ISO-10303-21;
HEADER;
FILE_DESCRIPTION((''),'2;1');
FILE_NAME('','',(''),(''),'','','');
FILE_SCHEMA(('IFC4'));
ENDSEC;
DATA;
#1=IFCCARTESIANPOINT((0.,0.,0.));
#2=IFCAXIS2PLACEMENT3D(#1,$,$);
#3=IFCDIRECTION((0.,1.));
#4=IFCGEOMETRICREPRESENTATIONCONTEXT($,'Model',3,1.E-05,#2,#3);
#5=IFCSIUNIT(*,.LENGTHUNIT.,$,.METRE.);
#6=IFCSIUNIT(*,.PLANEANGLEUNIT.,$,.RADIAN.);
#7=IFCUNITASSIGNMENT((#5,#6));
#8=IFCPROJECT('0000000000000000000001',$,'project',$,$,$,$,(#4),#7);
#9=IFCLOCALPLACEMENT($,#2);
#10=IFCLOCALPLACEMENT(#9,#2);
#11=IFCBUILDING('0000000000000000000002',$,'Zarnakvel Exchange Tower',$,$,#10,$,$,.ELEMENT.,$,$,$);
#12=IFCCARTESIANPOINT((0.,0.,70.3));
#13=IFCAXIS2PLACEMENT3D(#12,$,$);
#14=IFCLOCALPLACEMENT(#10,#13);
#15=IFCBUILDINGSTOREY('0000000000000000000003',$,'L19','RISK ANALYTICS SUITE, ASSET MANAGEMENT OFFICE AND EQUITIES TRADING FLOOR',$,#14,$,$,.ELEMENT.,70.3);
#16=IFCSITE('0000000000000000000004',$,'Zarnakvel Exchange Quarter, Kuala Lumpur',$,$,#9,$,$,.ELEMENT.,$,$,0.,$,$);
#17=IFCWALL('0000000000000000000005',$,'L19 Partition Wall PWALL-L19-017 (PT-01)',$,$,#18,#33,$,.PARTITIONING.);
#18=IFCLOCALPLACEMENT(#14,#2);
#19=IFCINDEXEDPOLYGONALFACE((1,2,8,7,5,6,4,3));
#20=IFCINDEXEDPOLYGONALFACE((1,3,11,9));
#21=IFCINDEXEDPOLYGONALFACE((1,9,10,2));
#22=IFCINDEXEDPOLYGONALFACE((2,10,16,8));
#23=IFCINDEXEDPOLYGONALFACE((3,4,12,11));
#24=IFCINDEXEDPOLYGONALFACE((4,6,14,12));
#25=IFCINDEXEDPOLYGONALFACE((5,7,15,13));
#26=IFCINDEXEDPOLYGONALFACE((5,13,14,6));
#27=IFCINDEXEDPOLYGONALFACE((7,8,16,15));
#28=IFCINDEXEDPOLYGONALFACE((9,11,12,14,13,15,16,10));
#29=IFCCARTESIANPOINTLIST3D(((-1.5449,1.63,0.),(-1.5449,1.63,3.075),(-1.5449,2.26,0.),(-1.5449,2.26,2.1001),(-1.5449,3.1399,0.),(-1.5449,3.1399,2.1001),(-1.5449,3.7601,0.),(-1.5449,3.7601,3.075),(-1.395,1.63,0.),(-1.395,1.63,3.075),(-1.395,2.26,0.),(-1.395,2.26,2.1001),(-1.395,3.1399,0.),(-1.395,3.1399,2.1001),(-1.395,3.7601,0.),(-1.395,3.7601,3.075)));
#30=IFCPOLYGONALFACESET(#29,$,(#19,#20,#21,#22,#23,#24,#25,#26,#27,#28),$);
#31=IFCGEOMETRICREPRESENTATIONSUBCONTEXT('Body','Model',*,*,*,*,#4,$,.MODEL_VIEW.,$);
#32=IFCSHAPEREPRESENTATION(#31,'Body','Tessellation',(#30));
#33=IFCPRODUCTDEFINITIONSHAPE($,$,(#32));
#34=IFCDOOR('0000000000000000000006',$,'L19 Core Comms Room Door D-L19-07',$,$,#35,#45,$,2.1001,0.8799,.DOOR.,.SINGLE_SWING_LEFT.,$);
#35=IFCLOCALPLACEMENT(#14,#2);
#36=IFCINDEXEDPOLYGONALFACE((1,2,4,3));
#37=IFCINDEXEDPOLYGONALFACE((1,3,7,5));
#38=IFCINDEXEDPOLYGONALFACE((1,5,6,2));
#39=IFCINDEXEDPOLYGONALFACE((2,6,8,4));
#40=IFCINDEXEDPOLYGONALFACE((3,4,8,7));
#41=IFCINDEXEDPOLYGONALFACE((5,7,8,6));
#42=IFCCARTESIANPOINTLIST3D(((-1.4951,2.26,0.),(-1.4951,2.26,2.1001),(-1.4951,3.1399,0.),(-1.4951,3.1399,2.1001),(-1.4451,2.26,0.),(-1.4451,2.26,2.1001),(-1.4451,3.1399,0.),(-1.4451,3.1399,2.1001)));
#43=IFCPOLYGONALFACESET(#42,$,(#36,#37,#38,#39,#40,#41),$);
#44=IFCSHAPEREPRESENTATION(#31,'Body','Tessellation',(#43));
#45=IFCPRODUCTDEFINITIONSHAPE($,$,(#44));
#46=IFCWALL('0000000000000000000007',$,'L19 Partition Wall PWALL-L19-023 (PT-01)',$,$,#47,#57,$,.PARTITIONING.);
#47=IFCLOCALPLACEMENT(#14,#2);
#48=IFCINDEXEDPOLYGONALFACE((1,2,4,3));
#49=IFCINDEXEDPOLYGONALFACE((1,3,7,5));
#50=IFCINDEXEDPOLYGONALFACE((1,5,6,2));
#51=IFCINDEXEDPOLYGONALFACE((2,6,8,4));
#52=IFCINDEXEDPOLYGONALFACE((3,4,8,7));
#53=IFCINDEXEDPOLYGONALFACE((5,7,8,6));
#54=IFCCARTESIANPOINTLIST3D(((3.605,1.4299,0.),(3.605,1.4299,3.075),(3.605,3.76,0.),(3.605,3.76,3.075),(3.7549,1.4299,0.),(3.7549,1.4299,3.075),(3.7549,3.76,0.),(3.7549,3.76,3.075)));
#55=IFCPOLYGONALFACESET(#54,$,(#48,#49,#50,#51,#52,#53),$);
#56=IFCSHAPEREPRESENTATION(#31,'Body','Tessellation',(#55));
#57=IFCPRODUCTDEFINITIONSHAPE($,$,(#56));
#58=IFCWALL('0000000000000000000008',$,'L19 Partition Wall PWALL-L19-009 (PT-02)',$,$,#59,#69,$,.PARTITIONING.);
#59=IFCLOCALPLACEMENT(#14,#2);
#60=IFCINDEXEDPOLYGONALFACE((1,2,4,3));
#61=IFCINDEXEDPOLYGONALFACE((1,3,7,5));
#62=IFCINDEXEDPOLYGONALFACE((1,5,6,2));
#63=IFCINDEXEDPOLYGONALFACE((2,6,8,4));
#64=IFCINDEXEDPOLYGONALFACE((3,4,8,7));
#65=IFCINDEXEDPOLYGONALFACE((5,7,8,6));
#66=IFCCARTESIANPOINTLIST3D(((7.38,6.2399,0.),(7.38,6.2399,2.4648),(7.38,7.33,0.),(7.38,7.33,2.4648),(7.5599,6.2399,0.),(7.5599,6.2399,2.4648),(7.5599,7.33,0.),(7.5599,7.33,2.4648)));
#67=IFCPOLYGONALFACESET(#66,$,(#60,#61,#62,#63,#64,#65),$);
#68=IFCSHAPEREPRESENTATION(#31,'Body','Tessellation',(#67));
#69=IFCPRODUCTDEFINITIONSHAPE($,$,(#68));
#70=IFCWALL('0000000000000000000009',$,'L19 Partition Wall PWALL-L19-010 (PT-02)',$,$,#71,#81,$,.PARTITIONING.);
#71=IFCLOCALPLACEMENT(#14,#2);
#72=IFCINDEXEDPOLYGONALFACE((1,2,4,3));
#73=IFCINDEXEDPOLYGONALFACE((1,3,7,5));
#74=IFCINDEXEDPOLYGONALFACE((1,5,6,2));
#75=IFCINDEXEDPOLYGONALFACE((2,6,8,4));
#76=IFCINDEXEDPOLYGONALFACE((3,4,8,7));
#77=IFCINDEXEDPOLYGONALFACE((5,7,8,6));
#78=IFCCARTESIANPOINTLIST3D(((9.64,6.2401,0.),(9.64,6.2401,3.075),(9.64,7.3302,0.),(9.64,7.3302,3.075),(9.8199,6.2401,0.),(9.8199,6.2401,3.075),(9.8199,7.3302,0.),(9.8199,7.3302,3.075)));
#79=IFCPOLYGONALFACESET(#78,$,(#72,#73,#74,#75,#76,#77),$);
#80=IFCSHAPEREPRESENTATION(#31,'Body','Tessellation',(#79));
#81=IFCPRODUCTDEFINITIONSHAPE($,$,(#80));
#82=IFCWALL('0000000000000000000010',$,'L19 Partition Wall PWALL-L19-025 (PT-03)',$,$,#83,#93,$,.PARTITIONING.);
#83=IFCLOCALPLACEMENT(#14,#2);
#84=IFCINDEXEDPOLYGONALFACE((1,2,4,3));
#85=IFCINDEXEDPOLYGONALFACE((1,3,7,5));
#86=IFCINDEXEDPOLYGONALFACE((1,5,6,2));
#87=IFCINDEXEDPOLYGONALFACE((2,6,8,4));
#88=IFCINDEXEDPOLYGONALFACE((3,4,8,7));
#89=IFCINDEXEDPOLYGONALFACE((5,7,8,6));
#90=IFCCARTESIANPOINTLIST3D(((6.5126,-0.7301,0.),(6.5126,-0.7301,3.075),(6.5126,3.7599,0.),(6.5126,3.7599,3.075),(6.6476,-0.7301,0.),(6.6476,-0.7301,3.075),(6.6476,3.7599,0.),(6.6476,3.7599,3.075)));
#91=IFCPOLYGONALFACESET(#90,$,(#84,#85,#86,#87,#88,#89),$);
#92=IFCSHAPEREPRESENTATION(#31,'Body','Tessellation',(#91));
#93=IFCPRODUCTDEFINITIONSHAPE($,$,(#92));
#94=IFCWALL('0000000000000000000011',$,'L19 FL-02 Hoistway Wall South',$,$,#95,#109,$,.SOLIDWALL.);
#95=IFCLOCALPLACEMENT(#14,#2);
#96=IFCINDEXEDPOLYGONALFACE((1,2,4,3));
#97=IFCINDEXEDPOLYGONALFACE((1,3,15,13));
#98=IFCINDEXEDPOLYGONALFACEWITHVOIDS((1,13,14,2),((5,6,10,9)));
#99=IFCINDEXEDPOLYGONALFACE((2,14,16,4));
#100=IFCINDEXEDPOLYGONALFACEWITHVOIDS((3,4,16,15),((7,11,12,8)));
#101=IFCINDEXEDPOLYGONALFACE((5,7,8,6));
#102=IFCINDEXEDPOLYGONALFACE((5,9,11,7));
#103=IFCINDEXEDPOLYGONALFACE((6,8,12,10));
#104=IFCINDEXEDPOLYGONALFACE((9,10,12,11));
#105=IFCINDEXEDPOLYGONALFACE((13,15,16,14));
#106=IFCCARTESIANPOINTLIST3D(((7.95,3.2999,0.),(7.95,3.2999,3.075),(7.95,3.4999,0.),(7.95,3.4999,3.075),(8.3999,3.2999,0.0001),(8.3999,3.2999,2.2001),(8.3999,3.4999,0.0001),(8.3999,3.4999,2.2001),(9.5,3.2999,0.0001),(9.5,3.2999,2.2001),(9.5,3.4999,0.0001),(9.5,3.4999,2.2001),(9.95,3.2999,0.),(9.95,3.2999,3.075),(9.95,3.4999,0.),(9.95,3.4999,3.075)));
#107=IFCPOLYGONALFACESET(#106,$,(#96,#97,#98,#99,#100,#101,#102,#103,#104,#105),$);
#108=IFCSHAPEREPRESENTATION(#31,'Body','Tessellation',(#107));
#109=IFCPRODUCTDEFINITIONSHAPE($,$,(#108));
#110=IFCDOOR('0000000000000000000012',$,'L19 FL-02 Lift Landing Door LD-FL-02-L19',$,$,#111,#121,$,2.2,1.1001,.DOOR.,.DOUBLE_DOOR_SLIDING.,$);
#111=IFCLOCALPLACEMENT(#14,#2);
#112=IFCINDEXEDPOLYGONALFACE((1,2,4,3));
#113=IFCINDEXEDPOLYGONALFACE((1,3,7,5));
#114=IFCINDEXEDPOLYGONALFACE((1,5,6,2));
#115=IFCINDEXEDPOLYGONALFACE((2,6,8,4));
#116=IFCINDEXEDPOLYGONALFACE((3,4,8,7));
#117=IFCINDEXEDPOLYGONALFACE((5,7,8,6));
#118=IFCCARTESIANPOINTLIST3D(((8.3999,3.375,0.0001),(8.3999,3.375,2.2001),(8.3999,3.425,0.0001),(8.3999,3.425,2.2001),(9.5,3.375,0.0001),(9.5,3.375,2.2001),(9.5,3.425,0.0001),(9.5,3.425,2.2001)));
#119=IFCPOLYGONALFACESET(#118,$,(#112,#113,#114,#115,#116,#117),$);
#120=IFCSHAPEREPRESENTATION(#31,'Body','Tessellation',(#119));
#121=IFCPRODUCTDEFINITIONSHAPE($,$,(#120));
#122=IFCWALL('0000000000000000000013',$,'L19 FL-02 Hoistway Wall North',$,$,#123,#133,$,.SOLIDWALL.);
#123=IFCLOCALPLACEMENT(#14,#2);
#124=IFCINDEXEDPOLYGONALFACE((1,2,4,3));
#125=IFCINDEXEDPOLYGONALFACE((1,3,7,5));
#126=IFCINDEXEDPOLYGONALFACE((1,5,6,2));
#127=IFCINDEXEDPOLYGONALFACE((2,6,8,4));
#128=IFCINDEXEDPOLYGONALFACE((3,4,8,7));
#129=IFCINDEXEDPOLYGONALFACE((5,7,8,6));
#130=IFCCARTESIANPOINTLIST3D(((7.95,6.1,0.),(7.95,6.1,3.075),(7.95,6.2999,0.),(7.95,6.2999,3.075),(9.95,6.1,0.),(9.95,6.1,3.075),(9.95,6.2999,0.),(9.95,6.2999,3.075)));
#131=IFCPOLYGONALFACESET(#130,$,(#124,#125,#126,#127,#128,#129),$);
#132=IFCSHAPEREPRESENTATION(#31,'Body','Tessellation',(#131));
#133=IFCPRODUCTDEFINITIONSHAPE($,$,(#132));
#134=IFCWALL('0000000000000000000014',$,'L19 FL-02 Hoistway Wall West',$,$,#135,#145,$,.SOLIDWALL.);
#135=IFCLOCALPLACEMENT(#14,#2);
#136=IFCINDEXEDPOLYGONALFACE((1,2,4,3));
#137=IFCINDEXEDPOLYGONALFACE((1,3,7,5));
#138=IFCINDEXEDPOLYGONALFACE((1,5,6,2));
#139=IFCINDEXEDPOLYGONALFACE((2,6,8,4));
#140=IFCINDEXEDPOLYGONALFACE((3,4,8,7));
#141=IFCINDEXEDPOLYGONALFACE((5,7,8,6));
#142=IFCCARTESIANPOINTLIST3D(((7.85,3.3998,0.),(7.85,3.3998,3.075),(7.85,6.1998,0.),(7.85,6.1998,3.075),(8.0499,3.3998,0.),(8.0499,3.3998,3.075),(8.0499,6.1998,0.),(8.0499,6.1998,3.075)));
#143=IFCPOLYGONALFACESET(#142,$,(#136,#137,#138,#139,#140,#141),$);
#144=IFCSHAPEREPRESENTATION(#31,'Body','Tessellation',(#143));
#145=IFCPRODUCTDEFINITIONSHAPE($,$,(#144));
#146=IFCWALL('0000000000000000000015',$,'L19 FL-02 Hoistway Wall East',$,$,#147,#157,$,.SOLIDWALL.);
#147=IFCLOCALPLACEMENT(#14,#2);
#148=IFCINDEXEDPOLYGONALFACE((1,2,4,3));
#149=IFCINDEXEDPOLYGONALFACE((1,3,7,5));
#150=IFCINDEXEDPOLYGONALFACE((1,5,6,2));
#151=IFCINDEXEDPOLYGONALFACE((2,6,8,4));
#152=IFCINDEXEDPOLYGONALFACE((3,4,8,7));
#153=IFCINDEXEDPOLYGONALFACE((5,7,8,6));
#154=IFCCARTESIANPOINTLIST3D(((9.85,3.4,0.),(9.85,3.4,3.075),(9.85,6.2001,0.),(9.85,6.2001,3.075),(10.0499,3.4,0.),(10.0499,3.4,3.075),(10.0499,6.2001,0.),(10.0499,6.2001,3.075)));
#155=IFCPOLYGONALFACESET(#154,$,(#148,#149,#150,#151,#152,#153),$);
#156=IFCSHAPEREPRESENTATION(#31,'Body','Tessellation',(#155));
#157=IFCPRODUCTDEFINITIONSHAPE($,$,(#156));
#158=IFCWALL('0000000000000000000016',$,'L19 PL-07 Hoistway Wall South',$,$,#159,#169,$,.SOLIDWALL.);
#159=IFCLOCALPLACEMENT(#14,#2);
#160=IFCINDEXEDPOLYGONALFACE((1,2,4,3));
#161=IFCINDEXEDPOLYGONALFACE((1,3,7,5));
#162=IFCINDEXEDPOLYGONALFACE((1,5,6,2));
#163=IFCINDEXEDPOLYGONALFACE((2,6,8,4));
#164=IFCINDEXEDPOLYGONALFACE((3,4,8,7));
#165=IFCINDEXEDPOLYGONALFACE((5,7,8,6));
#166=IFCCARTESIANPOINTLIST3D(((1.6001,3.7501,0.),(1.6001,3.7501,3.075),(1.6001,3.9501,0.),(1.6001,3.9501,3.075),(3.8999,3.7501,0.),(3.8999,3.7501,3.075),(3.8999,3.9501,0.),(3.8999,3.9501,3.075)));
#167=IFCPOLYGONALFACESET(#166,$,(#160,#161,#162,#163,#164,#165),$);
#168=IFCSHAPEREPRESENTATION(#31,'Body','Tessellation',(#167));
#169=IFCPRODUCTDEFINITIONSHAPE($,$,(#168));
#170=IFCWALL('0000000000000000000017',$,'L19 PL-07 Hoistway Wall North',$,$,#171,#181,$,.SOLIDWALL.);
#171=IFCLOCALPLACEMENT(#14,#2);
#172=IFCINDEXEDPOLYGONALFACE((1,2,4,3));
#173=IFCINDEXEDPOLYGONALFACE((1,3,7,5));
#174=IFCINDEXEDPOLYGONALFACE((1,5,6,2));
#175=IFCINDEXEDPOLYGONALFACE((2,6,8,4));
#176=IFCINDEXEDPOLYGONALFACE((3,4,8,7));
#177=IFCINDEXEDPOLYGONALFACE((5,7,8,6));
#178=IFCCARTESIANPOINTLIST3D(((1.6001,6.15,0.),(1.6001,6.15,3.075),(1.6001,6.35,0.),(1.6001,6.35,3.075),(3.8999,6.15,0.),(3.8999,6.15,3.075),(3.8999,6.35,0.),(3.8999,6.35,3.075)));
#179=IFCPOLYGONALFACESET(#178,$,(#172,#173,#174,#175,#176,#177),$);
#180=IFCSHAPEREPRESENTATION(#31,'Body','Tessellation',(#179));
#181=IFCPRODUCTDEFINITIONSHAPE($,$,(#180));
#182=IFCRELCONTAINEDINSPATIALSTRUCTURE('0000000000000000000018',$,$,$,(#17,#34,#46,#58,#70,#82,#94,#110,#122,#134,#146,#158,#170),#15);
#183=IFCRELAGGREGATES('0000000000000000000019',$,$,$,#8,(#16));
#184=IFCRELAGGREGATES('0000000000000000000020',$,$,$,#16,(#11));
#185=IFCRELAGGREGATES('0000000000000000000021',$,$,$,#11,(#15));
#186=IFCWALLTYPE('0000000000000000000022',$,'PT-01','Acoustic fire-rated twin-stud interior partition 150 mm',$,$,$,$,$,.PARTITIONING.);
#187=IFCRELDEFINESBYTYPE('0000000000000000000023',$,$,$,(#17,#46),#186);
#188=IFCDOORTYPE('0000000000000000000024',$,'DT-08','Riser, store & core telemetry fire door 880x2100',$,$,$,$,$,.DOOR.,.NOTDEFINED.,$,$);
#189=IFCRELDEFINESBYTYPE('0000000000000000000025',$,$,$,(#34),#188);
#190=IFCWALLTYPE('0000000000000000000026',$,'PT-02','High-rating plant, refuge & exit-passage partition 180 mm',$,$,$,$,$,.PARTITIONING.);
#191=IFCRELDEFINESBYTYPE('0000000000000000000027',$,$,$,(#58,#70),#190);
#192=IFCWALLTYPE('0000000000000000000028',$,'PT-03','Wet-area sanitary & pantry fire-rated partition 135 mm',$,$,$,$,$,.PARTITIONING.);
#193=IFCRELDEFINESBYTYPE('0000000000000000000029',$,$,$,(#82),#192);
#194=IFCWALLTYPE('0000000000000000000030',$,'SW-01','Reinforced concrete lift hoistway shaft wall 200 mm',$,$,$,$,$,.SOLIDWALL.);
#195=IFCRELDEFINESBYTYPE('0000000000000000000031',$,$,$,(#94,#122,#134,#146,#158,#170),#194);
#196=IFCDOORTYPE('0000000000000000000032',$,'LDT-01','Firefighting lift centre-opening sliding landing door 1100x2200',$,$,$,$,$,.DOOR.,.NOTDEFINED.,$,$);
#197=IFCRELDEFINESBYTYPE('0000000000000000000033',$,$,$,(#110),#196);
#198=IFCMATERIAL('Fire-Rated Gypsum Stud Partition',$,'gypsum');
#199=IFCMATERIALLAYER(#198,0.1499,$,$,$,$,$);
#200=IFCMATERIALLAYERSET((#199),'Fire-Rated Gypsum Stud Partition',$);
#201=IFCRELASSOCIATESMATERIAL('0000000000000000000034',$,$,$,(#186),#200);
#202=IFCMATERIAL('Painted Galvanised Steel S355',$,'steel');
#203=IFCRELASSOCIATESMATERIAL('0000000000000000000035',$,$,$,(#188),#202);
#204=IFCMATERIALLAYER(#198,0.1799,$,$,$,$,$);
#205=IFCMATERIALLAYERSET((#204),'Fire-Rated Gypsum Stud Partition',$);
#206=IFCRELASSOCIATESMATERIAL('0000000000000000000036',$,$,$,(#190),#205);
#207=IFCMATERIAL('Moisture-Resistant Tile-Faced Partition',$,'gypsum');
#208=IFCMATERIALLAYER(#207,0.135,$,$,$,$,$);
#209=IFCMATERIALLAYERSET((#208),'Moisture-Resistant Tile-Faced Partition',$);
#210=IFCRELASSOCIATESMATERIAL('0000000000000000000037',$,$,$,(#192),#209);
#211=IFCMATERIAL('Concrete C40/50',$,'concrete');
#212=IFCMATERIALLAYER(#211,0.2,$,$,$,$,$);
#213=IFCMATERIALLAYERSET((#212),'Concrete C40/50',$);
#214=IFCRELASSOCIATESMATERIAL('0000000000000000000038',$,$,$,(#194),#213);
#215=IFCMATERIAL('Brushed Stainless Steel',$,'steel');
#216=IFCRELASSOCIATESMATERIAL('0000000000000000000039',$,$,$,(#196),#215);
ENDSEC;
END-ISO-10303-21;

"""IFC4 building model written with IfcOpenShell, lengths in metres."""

from ifc_helpers import new_model, si_unit, direction, frame, frame_2d, origin, place, context, subcontext, project, spatial, rectangle, extrude, source, transform, mapped, material, layer, layer_set, type_object, element, fill, save


model = new_model("IFC4")

# Units and contexts
model_context = context("Model", 3, precision=1e-05, world=origin(), true_north=direction((0.0, 1.0)))
body_context = subcontext(model_context, "Body", "Model", "MODEL_VIEW")
ifc_project = project(units=[si_unit("LENGTHUNIT", "METRE"), si_unit("PLANEANGLEUNIT", "RADIAN")], contexts=[model_context])

# Site, building, storey
site_placement = place(None, origin())
site = spatial("IfcSite", under=ifc_project, at=site_placement, Name="Zarnakvel Exchange Quarter, Kuala Lumpur", CompositionType="ELEMENT", RefElevation=0.0)
building_placement = place(site_placement, origin())
building = spatial("IfcBuilding", under=site, at=building_placement, Name="Zarnakvel Exchange Tower", CompositionType="ELEMENT")
storey_placement = place(building_placement, frame((0.0, 0.0, 70.3)))
storey = spatial("IfcBuildingStorey", under=building, at=storey_placement, Name="L19", Description="RISK ANALYTICS SUITE, ASSET MANAGEMENT OFFICE AND EQUITIES TRADING FLOOR", CompositionType="ELEMENT", Elevation=70.3)

# Wall, opening, door
ifc_material_1 = material(Name="Fire-Rated Gypsum Stud Partition", Category="gypsum")
ifc_layer_1 = layer(ifc_material_1, 0.1499)
ifc_layer_set_1 = layer_set([ifc_layer_1], Name="Fire-Rated Gypsum Stud Partition")
wall_type_1 = type_object("IfcWallType", Name="PT-01", Description="Acoustic fire-rated twin-stud interior partition 150 mm", PredefinedType="PARTITIONING", material=ifc_layer_set_1)
wall_1_placement = place(storey_placement, frame((-1.47, 3.76, 0.0), z_axis=(0.0, 0.0, 1.0), x_axis=(0.0, -1.0, 0.0)))
wall_1 = element("IfcWall", 1, at=wall_1_placement, inside=storey, type_object=wall_type_1, Name="L19 Partition Wall PWALL-L19-017 (PT-01)", PredefinedType="PARTITIONING", context=body_context, shape_type="SweptSolid", body=[
    extrude(rectangle(XDim=2.1301, YDim=0.1499, at=frame_2d((1.0649, 0.0))), origin(), (0.0, 0.0, 1.0), 3.075),
])
opening_1_placement = place(wall_1_placement, frame((0.6201, 0.0, 0.0)))
opening_1 = element("IfcOpeningElement", 2, at=opening_1_placement, cuts=wall_1, PredefinedType="OPENING", context=body_context, shape_type="SweptSolid", body=[
    extrude(rectangle(XDim=0.8799, YDim=2.1001, at=frame_2d((0.4399, 1.05))), frame((0.0, 0.085, 0.0), z_axis=(0.0, -1.0, 0.0), x_axis=(1.0, 0.0, 0.0)), (0.0, 0.0, 1.0), 0.1699),
])
ifc_material_2 = material(Name="Painted Galvanised Steel S355", Category="steel")
door_type_1 = type_object("IfcDoorType", Name="DT-08", Description="Riser, store & core telemetry fire door 880x2100", OperationType="NOTDEFINED", PredefinedType="DOOR", material=ifc_material_2)
shared_shape_1 = source(origin(), body_context, "Body", "SweptSolid", [
    extrude(rectangle(XDim=0.8799, YDim=2.1001, at=frame_2d((0.4399, 1.05))), frame((0.0, 0.0249, 0.0), z_axis=(0.0, -1.0, 0.0), x_axis=(1.0, 0.0, 0.0)), (0.0, 0.0, 1.0), 0.05),
])
door_1_placement = place(opening_1_placement, origin())
door_1 = element("IfcDoor", 3, at=door_1_placement, inside=storey, type_object=door_type_1, Name="L19 Core Comms Room Door D-L19-07", OperationType="SINGLE_SWING_LEFT", OverallHeight=2.1001, OverallWidth=0.8799, PredefinedType="DOOR", context=body_context, shape_type="MappedRepresentation", body=[
    mapped(shared_shape_1, transform((0.0, 0.0, 0.0), x_axis=(1.0, 0.0, 0.0), y_axis=(0.0, 1.0, 0.0), z_axis=(0.0, 0.0, 1.0), scale=1.0)),
])
fill(opening_1, door_1)

# Walls
wall_2_placement = place(storey_placement, frame((3.6799, 3.76, 0.0), z_axis=(0.0, 0.0, 1.0), x_axis=(0.0, -1.0, 0.0)))
element("IfcWall", 4, at=wall_2_placement, inside=storey, type_object=wall_type_1, Name="L19 Partition Wall PWALL-L19-023 (PT-01)", PredefinedType="PARTITIONING", context=body_context, shape_type="SweptSolid", body=[
    extrude(rectangle(XDim=2.3301, YDim=0.1499, at=frame_2d((1.165, 0.0))), origin(), (0.0, 0.0, 1.0), 3.075),
])
ifc_layer_2 = layer(ifc_material_1, 0.1799)
ifc_layer_set_2 = layer_set([ifc_layer_2], Name="Fire-Rated Gypsum Stud Partition")
wall_type_2 = type_object("IfcWallType", Name="PT-02", Description="High-rating plant, refuge & exit-passage partition 180 mm", PredefinedType="PARTITIONING", material=ifc_layer_set_2)
wall_3_placement = place(storey_placement, frame((7.47, 6.24, 0.0), z_axis=(0.0, 0.0, 1.0), x_axis=(0.0, 1.0, 0.0)))
element("IfcWall", 5, at=wall_3_placement, inside=storey, type_object=wall_type_2, Name="L19 Partition Wall PWALL-L19-009 (PT-02)", PredefinedType="PARTITIONING", context=body_context, shape_type="SweptSolid", body=[
    extrude(rectangle(XDim=1.0901, YDim=0.1799, at=frame_2d((0.5449, 0.0))), origin(), (0.0, 0.0, 1.0), 2.4648),
])
wall_4_placement = place(storey_placement, frame((9.73, 7.3301, 0.0), z_axis=(0.0, 0.0, 1.0), x_axis=(0.0, -1.0, 0.0)))
element("IfcWall", 6, at=wall_4_placement, inside=storey, type_object=wall_type_2, Name="L19 Partition Wall PWALL-L19-010 (PT-02)", PredefinedType="PARTITIONING", context=body_context, shape_type="SweptSolid", body=[
    extrude(rectangle(XDim=1.0901, YDim=0.1799, at=frame_2d((0.5449, 0.0))), origin(), (0.0, 0.0, 1.0), 3.075),
])
ifc_material_3 = material(Name="Moisture-Resistant Tile-Faced Partition", Category="gypsum")
ifc_layer_3 = layer(ifc_material_3, 0.135)
ifc_layer_set_3 = layer_set([ifc_layer_3], Name="Moisture-Resistant Tile-Faced Partition")
wall_type_3 = type_object("IfcWallType", Name="PT-03", Description="Wet-area sanitary & pantry fire-rated partition 135 mm", PredefinedType="PARTITIONING", material=ifc_layer_set_3)
wall_5_placement = place(storey_placement, frame((6.5801, 3.76, 0.0), z_axis=(0.0, 0.0, 1.0), x_axis=(0.0, -1.0, 0.0)))
element("IfcWall", 7, at=wall_5_placement, inside=storey, type_object=wall_type_3, Name="L19 Partition Wall PWALL-L19-025 (PT-03)", PredefinedType="PARTITIONING", context=body_context, shape_type="SweptSolid", body=[
    extrude(rectangle(XDim=4.49, YDim=0.135, at=frame_2d((2.2451, 0.0))), origin(), (0.0, 0.0, 1.0), 3.075),
])

# Wall, opening, door
ifc_material_4 = material(Name="Concrete C40/50", Category="concrete")
ifc_layer_4 = layer(ifc_material_4, 0.2)
ifc_layer_set_4 = layer_set([ifc_layer_4], Name="Concrete C40/50")
wall_type_4 = type_object("IfcWallType", Name="SW-01", Description="Reinforced concrete lift hoistway shaft wall 200 mm", PredefinedType="SOLIDWALL", material=ifc_layer_set_4)
wall_6_placement = place(storey_placement, frame((9.95, 3.3999, 0.0), z_axis=(0.0, 0.0, 1.0), x_axis=(-1.0, 0.0, 0.0)))
wall_6 = element("IfcWall", 8, at=wall_6_placement, inside=storey, type_object=wall_type_4, Name="L19 FL-02 Hoistway Wall South", PredefinedType="SOLIDWALL", context=body_context, shape_type="SweptSolid", body=[
    extrude(rectangle(XDim=2.0, YDim=0.2, at=frame_2d((1.0, 0.0))), origin(), (0.0, 0.0, 1.0), 3.075),
])
opening_2_placement = place(wall_6_placement, frame((0.45, 0.0, 0.0)))
opening_2 = element("IfcOpeningElement", 9, at=opening_2_placement, cuts=wall_6, PredefinedType="OPENING", context=body_context, shape_type="SweptSolid", body=[
    extrude(rectangle(XDim=1.1001, YDim=2.2, at=frame_2d((0.55, 1.1001))), frame((0.0, 0.1099, 0.0), z_axis=(0.0, -1.0, 0.0), x_axis=(1.0, 0.0, 0.0)), (0.0, 0.0, 1.0), 0.22),
])
ifc_material_5 = material(Name="Brushed Stainless Steel", Category="steel")
door_type_2 = type_object("IfcDoorType", Name="LDT-01", Description="Firefighting lift centre-opening sliding landing door 1100x2200", OperationType="NOTDEFINED", PredefinedType="DOOR", material=ifc_material_5)
shared_shape_2 = source(origin(), body_context, "Body", "SweptSolid", [
    extrude(rectangle(XDim=1.1001, YDim=2.2, at=frame_2d((0.55, 1.1001))), frame((0.0, 0.0249, 0.0), z_axis=(0.0, -1.0, 0.0), x_axis=(1.0, 0.0, 0.0)), (0.0, 0.0, 1.0), 0.05),
])
door_2_placement = place(opening_2_placement, origin())
door_2 = element("IfcDoor", 10, at=door_2_placement, inside=storey, type_object=door_type_2, Name="L19 FL-02 Lift Landing Door LD-FL-02-L19", OperationType="DOUBLE_DOOR_SLIDING", OverallHeight=2.2, OverallWidth=1.1001, PredefinedType="DOOR", context=body_context, shape_type="MappedRepresentation", body=[
    mapped(shared_shape_2, transform((0.0, 0.0, 0.0), x_axis=(1.0, 0.0, 0.0), y_axis=(0.0, 1.0, 0.0), z_axis=(0.0, 0.0, 1.0), scale=1.0)),
])
fill(opening_2, door_2)

# Walls
wall_7_placement = place(storey_placement, frame((7.95, 6.2, 0.0), z_axis=(0.0, 0.0, 1.0), x_axis=(1.0, 0.0, 0.0)))
element("IfcWall", 11, at=wall_7_placement, inside=storey, type_object=wall_type_4, Name="L19 FL-02 Hoistway Wall North", PredefinedType="SOLIDWALL", context=body_context, shape_type="SweptSolid", body=[
    extrude(rectangle(XDim=2.0, YDim=0.2, at=frame_2d((1.0, 0.0))), origin(), (0.0, 0.0, 1.0), 3.075),
])
for number, where, z_axis, x_axis, name in (
    (12, (7.95, 3.3999, 0.0), (0.0, 0.0, 1.0), (0.0, 1.0, 0.0), "L19 FL-02 Hoistway Wall West"),
    (13, (9.95, 6.2, 0.0), (0.0, 0.0, 1.0), (0.0, -1.0, 0.0), "L19 FL-02 Hoistway Wall East"),
):
    element("IfcWall", number, at=place(storey_placement, frame(where, z_axis=z_axis, x_axis=x_axis)), inside=storey, type_object=wall_type_4, Name=name, PredefinedType="SOLIDWALL", context=body_context, shape_type="SweptSolid", body=[
        extrude(rectangle(XDim=2.8, YDim=0.2, at=frame_2d((1.3999, 0.0))), origin(), (0.0, 0.0, 1.0), 3.075),
    ])
for number, where, z_axis, x_axis, name in (
    (14, (3.8999, 3.8501, 0.0), (0.0, 0.0, 1.0), (-1.0, 0.0, 0.0), "L19 PL-07 Hoistway Wall South"),
    (15, (1.6001, 6.25, 0.0), (0.0, 0.0, 1.0), (1.0, 0.0, 0.0), "L19 PL-07 Hoistway Wall North"),
):
    element("IfcWall", number, at=place(storey_placement, frame(where, z_axis=z_axis, x_axis=x_axis)), inside=storey, type_object=wall_type_4, Name=name, PredefinedType="SOLIDWALL", context=body_context, shape_type="SweptSolid", body=[
        extrude(rectangle(XDim=2.2998, YDim=0.2, at=frame_2d((1.1499, 0.0))), origin(), (0.0, 0.0, 1.0), 3.075),
    ])

save(model, "model.ifc")
